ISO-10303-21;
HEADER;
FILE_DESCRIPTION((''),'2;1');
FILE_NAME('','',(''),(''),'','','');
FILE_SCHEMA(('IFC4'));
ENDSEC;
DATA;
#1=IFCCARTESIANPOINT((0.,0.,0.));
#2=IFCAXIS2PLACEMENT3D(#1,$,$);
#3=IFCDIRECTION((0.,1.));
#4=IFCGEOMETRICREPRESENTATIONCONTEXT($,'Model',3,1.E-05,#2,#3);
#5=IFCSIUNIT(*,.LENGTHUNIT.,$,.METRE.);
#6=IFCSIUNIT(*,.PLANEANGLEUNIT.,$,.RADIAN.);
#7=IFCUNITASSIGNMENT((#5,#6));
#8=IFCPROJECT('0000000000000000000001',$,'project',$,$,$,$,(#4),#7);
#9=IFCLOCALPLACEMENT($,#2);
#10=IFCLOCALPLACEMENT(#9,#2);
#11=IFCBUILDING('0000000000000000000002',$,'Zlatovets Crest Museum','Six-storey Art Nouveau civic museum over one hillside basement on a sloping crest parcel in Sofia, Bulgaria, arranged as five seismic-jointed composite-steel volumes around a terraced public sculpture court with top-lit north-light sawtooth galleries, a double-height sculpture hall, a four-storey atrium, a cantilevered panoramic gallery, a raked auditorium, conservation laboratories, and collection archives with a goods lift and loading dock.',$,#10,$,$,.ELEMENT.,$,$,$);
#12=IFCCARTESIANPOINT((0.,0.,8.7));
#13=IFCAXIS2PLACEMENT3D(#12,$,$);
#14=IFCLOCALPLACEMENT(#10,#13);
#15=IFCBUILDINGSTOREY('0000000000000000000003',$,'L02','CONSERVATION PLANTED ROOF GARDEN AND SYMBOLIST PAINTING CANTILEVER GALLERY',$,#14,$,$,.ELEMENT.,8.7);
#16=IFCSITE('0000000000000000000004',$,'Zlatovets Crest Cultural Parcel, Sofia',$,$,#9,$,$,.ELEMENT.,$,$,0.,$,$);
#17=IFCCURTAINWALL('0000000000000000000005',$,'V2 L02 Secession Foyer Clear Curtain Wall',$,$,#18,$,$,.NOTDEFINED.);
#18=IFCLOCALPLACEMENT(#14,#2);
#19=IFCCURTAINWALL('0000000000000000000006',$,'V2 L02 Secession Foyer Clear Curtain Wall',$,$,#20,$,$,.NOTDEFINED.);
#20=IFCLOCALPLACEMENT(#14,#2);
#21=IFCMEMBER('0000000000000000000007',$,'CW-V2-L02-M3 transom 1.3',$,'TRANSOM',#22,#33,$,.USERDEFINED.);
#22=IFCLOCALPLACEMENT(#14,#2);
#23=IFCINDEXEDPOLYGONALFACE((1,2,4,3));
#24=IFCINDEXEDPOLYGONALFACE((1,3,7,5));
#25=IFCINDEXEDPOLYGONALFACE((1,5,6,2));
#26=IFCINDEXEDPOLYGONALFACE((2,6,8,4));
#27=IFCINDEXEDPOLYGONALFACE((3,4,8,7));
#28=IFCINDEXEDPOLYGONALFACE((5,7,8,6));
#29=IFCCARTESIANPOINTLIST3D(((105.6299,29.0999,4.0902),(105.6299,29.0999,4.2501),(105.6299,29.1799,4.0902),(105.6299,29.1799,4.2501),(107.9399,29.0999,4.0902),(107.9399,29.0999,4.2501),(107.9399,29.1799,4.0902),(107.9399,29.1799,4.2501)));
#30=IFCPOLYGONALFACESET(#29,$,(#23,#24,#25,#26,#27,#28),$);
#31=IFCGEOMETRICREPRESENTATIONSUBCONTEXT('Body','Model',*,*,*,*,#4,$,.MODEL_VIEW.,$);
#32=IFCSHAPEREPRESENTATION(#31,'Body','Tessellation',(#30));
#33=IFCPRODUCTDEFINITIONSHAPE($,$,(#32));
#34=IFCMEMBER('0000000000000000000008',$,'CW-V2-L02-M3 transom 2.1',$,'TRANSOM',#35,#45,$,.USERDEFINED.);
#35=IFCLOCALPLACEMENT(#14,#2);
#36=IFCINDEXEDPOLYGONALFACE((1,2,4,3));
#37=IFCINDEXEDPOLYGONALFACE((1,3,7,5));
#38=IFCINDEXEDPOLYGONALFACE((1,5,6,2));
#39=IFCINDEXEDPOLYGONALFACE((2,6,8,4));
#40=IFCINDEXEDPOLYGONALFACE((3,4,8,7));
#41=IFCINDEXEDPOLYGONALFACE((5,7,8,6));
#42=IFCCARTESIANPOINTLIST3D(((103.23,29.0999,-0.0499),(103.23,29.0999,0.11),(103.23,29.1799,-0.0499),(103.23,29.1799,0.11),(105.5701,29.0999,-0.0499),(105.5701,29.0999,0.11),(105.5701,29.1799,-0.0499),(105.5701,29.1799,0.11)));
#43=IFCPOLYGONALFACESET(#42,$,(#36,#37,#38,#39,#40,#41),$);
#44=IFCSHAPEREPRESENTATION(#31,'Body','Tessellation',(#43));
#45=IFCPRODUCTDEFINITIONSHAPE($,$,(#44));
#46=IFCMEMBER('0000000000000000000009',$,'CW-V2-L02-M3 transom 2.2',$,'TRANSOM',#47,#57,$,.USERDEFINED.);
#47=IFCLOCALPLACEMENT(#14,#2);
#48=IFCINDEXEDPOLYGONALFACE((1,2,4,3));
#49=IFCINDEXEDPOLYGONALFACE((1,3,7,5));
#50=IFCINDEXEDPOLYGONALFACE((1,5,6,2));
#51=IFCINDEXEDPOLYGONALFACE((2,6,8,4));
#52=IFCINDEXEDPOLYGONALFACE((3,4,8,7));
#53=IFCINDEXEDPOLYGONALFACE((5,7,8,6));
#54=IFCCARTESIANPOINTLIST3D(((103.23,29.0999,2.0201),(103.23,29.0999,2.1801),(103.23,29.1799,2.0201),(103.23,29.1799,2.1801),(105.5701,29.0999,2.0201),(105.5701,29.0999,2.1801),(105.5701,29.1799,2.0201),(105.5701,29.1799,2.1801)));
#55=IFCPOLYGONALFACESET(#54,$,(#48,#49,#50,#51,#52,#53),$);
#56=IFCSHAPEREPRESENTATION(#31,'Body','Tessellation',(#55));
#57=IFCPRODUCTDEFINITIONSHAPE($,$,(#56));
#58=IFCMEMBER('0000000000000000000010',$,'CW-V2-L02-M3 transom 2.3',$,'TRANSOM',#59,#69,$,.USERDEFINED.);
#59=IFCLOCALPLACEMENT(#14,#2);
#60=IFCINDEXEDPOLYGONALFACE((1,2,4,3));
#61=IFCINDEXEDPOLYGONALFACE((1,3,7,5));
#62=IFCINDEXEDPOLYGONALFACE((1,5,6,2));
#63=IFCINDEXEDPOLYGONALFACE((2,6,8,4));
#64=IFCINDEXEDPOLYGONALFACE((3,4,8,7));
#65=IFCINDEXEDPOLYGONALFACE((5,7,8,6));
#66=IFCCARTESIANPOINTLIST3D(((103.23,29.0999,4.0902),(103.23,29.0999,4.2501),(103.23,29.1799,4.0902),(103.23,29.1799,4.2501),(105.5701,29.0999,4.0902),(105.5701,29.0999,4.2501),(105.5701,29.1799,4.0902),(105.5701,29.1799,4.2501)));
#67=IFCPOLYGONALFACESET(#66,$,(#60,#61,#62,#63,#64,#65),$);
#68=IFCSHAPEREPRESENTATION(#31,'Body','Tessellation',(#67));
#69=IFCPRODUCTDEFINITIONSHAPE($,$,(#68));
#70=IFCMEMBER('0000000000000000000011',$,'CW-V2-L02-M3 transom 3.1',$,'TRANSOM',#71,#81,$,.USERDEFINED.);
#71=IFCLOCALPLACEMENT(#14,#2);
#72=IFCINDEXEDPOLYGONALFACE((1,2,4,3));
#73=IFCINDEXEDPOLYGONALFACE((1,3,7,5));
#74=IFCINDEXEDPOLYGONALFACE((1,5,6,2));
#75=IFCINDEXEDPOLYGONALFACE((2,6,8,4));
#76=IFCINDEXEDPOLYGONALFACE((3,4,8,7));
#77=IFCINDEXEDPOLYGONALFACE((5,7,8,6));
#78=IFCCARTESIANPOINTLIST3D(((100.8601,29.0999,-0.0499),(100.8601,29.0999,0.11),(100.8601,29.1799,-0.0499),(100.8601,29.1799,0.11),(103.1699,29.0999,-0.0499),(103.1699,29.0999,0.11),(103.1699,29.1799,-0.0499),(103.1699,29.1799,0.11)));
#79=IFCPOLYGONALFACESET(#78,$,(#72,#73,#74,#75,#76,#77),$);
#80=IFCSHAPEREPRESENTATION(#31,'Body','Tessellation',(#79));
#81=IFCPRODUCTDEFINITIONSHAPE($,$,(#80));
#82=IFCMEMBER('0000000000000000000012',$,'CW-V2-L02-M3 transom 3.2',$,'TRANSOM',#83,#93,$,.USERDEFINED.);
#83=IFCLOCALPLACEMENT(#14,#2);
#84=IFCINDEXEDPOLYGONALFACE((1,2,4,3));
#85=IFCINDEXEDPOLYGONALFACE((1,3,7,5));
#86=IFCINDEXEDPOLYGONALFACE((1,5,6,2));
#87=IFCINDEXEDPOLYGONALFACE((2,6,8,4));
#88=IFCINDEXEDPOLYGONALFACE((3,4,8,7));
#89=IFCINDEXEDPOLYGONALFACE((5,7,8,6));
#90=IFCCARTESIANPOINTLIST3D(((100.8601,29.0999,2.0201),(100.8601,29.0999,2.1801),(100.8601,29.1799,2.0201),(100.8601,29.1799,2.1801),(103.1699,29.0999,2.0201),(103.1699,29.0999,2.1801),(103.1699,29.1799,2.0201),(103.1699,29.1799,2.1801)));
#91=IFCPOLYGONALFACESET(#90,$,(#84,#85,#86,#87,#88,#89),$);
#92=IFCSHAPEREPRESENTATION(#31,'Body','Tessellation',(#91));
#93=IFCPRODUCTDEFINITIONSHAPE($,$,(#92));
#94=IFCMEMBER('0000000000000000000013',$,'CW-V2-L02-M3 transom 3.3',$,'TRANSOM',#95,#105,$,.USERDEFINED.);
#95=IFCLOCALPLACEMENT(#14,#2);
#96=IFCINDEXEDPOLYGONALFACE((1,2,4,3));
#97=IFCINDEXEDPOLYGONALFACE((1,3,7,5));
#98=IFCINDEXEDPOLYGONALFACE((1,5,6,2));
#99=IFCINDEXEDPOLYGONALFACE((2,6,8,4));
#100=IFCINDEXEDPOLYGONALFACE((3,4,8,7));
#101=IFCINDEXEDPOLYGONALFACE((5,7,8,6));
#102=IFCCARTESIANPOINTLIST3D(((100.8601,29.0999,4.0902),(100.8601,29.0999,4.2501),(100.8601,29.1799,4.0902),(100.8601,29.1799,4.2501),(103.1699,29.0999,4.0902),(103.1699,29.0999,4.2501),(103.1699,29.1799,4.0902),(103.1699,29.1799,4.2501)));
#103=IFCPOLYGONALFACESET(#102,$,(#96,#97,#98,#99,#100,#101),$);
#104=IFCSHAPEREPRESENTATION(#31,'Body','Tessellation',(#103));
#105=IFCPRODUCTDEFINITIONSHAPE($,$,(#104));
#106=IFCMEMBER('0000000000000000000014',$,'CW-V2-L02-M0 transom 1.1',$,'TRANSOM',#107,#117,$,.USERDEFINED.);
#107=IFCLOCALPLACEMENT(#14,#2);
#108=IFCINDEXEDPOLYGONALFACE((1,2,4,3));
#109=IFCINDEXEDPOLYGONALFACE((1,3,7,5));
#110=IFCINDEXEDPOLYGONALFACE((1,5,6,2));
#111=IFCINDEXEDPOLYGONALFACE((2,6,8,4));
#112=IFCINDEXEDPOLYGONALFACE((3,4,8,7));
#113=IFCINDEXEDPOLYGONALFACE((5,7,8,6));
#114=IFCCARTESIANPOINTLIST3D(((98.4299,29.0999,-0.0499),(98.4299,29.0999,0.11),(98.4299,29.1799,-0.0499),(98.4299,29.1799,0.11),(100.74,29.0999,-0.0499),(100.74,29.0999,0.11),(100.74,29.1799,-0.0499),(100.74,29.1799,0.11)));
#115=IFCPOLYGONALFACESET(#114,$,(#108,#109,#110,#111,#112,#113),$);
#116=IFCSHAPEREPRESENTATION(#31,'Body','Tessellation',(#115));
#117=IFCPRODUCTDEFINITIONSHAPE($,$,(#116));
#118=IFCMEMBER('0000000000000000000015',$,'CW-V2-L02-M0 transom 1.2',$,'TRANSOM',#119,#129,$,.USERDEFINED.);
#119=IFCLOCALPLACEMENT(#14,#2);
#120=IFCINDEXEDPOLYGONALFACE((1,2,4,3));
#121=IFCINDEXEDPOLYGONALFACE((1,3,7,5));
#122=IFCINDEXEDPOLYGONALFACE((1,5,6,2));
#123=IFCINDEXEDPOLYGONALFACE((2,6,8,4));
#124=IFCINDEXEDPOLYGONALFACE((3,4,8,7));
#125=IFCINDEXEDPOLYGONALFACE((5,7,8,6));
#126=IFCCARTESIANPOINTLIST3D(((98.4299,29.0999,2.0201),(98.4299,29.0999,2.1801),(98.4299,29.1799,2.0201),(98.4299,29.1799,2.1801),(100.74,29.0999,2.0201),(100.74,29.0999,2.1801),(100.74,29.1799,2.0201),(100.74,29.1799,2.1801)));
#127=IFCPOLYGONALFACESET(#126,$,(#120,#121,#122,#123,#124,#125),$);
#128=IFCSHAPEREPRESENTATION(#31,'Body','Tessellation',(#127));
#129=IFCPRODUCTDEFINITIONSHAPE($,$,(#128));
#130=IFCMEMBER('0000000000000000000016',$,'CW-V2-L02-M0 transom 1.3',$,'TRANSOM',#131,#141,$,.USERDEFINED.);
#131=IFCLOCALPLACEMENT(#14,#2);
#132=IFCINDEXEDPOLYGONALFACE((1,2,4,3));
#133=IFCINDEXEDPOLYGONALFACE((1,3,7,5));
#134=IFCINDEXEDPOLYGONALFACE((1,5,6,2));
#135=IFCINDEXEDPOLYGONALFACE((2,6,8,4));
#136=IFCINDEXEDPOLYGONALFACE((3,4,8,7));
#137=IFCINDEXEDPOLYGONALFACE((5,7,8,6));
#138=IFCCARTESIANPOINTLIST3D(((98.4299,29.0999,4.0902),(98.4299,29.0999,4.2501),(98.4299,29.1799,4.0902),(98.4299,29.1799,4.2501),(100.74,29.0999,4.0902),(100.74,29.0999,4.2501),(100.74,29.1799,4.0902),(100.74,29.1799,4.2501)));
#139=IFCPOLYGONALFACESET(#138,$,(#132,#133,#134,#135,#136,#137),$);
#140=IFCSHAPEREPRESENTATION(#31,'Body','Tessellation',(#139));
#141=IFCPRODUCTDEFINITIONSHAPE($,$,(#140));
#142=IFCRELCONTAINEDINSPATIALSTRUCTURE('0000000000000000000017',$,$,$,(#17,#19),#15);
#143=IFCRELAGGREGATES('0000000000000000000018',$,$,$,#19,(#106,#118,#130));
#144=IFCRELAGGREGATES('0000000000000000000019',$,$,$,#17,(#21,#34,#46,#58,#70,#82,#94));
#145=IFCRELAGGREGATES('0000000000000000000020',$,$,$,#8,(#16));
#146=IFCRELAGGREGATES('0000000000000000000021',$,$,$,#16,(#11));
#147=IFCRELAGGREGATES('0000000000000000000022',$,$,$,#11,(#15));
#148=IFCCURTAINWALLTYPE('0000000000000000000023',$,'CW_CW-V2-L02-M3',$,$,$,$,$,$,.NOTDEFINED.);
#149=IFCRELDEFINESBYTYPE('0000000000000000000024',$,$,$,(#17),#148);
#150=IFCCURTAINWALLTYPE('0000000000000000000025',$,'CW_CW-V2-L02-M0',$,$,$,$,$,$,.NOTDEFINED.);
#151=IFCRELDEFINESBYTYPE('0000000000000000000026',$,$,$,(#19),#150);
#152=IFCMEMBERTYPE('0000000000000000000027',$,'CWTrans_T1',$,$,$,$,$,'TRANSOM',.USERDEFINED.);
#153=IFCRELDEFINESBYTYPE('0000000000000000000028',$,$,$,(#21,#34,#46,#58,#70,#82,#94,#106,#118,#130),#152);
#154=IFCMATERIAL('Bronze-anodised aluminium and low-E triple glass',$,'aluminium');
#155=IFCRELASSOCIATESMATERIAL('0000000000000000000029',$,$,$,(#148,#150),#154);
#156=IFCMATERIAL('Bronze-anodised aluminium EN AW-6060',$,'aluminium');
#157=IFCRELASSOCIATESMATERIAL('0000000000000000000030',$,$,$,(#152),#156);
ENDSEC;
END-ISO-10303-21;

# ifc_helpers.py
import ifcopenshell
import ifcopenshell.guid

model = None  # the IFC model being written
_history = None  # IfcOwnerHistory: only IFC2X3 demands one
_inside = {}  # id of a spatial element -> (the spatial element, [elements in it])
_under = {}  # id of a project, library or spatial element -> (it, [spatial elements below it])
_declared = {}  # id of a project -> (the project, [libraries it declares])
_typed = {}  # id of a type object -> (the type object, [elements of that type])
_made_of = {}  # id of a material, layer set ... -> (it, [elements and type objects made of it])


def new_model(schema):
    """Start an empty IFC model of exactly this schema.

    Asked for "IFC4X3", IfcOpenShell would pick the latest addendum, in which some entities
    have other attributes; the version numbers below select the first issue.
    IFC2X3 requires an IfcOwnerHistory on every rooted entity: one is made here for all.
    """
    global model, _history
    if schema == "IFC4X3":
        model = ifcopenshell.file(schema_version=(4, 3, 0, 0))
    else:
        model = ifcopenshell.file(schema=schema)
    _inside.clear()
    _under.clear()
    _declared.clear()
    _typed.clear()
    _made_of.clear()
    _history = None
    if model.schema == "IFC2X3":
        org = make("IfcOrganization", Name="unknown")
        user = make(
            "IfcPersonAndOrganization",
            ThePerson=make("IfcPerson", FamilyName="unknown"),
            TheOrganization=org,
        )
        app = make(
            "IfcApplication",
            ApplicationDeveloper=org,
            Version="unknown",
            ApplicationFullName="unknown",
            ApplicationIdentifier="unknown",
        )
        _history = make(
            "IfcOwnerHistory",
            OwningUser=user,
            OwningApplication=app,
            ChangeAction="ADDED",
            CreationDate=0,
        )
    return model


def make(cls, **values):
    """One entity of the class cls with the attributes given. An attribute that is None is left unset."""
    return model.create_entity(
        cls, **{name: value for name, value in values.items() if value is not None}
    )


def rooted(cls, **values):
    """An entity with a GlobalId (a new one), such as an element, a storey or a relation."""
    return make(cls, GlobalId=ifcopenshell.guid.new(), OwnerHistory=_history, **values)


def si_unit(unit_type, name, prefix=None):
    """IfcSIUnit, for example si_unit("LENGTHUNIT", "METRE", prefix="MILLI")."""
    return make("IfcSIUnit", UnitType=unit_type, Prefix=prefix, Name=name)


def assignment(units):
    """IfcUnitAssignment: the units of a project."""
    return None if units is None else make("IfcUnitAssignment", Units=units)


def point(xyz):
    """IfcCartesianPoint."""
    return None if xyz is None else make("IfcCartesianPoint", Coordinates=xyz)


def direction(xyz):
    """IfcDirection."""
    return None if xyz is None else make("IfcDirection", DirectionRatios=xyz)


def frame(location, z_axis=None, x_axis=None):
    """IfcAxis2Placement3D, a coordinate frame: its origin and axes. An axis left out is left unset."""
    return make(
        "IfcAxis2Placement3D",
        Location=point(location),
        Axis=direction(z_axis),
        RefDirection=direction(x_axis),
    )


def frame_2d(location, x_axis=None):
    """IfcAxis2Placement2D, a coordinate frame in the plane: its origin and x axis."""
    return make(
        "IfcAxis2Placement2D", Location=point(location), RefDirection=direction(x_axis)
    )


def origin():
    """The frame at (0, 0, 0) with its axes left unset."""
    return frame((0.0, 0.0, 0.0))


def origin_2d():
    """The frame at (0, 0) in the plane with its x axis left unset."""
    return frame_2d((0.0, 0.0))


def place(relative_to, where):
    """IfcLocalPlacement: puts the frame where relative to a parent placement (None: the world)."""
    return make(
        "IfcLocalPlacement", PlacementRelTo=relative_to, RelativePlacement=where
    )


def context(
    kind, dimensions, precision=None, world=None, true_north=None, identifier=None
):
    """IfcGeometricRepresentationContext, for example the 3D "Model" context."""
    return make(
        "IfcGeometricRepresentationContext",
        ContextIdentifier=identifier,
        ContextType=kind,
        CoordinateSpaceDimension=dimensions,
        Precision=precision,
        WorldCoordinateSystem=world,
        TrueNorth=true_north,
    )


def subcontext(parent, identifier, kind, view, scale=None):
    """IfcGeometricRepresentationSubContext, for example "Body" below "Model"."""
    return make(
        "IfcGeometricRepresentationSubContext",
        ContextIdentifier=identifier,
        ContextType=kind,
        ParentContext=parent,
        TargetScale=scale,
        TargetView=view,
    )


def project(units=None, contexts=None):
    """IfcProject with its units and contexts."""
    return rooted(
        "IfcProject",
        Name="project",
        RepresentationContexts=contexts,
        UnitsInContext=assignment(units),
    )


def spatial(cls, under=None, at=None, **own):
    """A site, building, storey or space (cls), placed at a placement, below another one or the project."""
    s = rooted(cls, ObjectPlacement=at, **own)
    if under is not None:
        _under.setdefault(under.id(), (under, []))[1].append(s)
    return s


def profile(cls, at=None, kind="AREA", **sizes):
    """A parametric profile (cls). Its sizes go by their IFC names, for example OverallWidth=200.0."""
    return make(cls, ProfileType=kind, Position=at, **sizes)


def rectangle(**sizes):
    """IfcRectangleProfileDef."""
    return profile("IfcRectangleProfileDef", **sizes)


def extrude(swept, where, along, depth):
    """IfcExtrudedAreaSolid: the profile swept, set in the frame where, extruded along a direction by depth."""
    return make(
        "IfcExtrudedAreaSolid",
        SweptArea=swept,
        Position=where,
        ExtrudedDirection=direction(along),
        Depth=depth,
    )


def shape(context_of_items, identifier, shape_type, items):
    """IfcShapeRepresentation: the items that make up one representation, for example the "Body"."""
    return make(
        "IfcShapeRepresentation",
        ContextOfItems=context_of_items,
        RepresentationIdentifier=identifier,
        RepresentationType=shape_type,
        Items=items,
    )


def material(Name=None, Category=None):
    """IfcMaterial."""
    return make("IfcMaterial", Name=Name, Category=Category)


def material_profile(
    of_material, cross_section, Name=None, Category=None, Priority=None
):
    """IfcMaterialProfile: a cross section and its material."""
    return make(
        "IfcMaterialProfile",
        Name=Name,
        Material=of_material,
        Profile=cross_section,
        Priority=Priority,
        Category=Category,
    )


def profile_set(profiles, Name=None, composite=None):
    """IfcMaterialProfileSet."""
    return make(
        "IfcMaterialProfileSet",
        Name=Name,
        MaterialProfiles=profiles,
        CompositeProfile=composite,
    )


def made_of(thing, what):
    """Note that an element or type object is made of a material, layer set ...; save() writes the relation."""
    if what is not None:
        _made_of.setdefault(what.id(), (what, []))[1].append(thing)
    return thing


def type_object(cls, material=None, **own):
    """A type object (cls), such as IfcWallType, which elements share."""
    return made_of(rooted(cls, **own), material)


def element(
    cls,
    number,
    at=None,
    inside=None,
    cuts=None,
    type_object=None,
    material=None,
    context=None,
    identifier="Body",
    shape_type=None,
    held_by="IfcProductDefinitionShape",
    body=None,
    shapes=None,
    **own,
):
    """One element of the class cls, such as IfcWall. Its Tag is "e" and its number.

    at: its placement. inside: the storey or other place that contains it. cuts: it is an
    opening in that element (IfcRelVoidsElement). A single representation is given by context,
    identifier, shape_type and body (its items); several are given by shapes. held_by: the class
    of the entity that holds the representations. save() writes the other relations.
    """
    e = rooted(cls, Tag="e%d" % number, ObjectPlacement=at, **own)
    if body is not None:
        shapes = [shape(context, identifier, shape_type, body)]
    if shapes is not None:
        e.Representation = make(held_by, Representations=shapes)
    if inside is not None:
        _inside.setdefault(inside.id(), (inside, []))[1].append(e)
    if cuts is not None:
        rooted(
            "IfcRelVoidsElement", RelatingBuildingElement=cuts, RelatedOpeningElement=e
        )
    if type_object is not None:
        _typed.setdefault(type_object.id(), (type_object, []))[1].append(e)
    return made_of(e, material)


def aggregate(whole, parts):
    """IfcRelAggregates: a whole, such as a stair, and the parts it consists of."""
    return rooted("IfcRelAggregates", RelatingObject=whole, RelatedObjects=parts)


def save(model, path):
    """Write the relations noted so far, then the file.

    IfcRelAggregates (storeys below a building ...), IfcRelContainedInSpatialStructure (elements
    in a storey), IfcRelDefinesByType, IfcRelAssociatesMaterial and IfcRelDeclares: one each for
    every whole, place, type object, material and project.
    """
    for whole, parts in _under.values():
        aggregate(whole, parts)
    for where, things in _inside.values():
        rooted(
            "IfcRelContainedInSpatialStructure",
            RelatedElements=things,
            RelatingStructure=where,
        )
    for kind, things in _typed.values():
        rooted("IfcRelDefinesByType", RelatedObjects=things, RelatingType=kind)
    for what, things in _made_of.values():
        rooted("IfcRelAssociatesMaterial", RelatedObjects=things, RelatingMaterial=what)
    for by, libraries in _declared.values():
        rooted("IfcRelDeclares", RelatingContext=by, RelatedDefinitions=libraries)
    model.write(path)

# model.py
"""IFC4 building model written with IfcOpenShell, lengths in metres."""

from ifc_helpers import new_model, si_unit, direction, frame, origin, origin_2d, place, context, subcontext, project, spatial, rectangle, extrude, material, material_profile, profile_set, type_object, element, aggregate, save


model = new_model("IFC4")

# Units and contexts
model_context = context("Model", 3, precision=1e-05, world=origin(), true_north=direction((0.0, 1.0)))
body_context = subcontext(model_context, "Body", "Model", "MODEL_VIEW")
ifc_project = project(units=[si_unit("LENGTHUNIT", "METRE"), si_unit("PLANEANGLEUNIT", "RADIAN")], contexts=[model_context])

# Site, building, storey
site_placement = place(None, origin())
site = spatial("IfcSite", under=ifc_project, at=site_placement, Name="Zlatovets Crest Cultural Parcel, Sofia", CompositionType="ELEMENT", RefElevation=0.0)
building_placement = place(site_placement, origin())
building = spatial("IfcBuilding", under=site, at=building_placement, Name="Zlatovets Crest Museum", Description="Six-storey Art Nouveau civic museum over one hillside basement on a sloping crest parcel in Sofia, Bulgaria, arranged as five seismic-jointed composite-steel volumes around a terraced public sculpture court with top-lit north-light sawtooth galleries, a double-height sculpture hall, a four-storey atrium, a cantilevered panoramic gallery, a raked auditorium, conservation laboratories, and collection archives with a goods lift and loading dock.", CompositionType="ELEMENT")
storey_placement = place(building_placement, frame((0.0, 0.0, 8.7)))
storey = spatial("IfcBuildingStorey", under=building, at=storey_placement, Name="L02", Description="CONSERVATION PLANTED ROOF GARDEN AND SYMBOLIST PAINTING CANTILEVER GALLERY", CompositionType="ELEMENT", Elevation=8.7)

# Curtain wall
ifc_material_1 = material(Name="Bronze-anodised aluminium and low-E triple glass", Category="aluminium")
curtain_wall_type_1 = type_object("IfcCurtainWallType", Name="CW_CW-V2-L02-M3", PredefinedType="NOTDEFINED", material=ifc_material_1)
curtain_wall_1_placement = place(storey_placement, origin())
curtain_wall_1 = element("IfcCurtainWall", 1, at=curtain_wall_1_placement, inside=storey, type_object=curtain_wall_type_1, Name="V2 L02 Secession Foyer Clear Curtain Wall", PredefinedType="NOTDEFINED")
ifc_material_2 = material(Name="Bronze-anodised aluminium EN AW-6060", Category="aluminium")

# Curtain wall
curtain_wall_type_2 = type_object("IfcCurtainWallType", Name="CW_CW-V2-L02-M0", PredefinedType="NOTDEFINED", material=ifc_material_1)
curtain_wall_2_placement = place(storey_placement, origin())
curtain_wall_2 = element("IfcCurtainWall", 2, at=curtain_wall_2_placement, inside=storey, type_object=curtain_wall_type_2, Name="V2 L02 Secession Foyer Clear Curtain Wall", PredefinedType="NOTDEFINED")

# Members
ifc_material_profile_1 = material_profile(ifc_material_2, rectangle(XDim=0.0801, YDim=0.1599, at=origin_2d()), Name="ALU 80x160")
ifc_profile_set_1 = profile_set([ifc_material_profile_1], Name="Bronze-anodised aluminium EN AW-6060")
member_type_1 = type_object("IfcMemberType", Name="CWTrans_T1", ElementType="TRANSOM", PredefinedType="USERDEFINED", material=ifc_profile_set_1)
member_1_placement = place(storey_placement, frame((107.9399, 29.1399, 4.1702), z_axis=(-1.0, 0.0, 0.0), x_axis=(0.0, -1.0, 0.0)))
member_1 = element("IfcMember", 3, at=member_1_placement, type_object=member_type_1, Name="CW-V2-L02-M3 transom 1.3", ObjectType="TRANSOM", PredefinedType="USERDEFINED", context=body_context, shape_type="SweptSolid", body=[
    extrude(rectangle(XDim=0.0801, YDim=0.1599, at=origin_2d()), origin(), (0.0, 0.0, 1.0), 2.3101),
])
member_2_placement = place(storey_placement, frame((105.5701, 29.1399, 0.03), z_axis=(-1.0, 0.0, 0.0), x_axis=(0.0, -1.0, 0.0)))
member_2 = element("IfcMember", 4, at=member_2_placement, type_object=member_type_1, Name="CW-V2-L02-M3 transom 2.1", ObjectType="TRANSOM", PredefinedType="USERDEFINED", context=body_context, shape_type="SweptSolid", body=[
    extrude(rectangle(XDim=0.0801, YDim=0.1599, at=origin_2d()), origin(), (0.0, 0.0, 1.0), 2.3401),
])
member_3_placement = place(storey_placement, frame((105.5701, 29.1399, 2.1001), z_axis=(-1.0, 0.0, 0.0), x_axis=(0.0, -1.0, 0.0)))
member_3 = element("IfcMember", 5, at=member_3_placement, type_object=member_type_1, Name="CW-V2-L02-M3 transom 2.2", ObjectType="TRANSOM", PredefinedType="USERDEFINED", context=body_context, shape_type="SweptSolid", body=[
    extrude(rectangle(XDim=0.0801, YDim=0.1599, at=origin_2d()), origin(), (0.0, 0.0, 1.0), 2.3401),
])
member_4_placement = place(storey_placement, frame((105.5701, 29.1399, 4.1702), z_axis=(-1.0, 0.0, 0.0), x_axis=(0.0, -1.0, 0.0)))
member_4 = element("IfcMember", 6, at=member_4_placement, type_object=member_type_1, Name="CW-V2-L02-M3 transom 2.3", ObjectType="TRANSOM", PredefinedType="USERDEFINED", context=body_context, shape_type="SweptSolid", body=[
    extrude(rectangle(XDim=0.0801, YDim=0.1599, at=origin_2d()), origin(), (0.0, 0.0, 1.0), 2.3401),
])
member_5_placement = place(storey_placement, frame((103.1699, 29.1399, 0.03), z_axis=(-1.0, 0.0, 0.0), x_axis=(0.0, -1.0, 0.0)))
member_5 = element("IfcMember", 7, at=member_5_placement, type_object=member_type_1, Name="CW-V2-L02-M3 transom 3.1", ObjectType="TRANSOM", PredefinedType="USERDEFINED", context=body_context, shape_type="SweptSolid", body=[
    extrude(rectangle(XDim=0.0801, YDim=0.1599, at=origin_2d()), origin(), (0.0, 0.0, 1.0), 2.3098),
])
member_6_placement = place(storey_placement, frame((103.1699, 29.1399, 2.1001), z_axis=(-1.0, 0.0, 0.0), x_axis=(0.0, -1.0, 0.0)))
member_6 = element("IfcMember", 8, at=member_6_placement, type_object=member_type_1, Name="CW-V2-L02-M3 transom 3.2", ObjectType="TRANSOM", PredefinedType="USERDEFINED", context=body_context, shape_type="SweptSolid", body=[
    extrude(rectangle(XDim=0.0801, YDim=0.1599, at=origin_2d()), origin(), (0.0, 0.0, 1.0), 2.3098),
])
member_7_placement = place(storey_placement, frame((103.1699, 29.1399, 4.1702), z_axis=(-1.0, 0.0, 0.0), x_axis=(0.0, -1.0, 0.0)))
member_7 = element("IfcMember", 9, at=member_7_placement, type_object=member_type_1, Name="CW-V2-L02-M3 transom 3.3", ObjectType="TRANSOM", PredefinedType="USERDEFINED", context=body_context, shape_type="SweptSolid", body=[
    extrude(rectangle(XDim=0.0801, YDim=0.1599, at=origin_2d()), origin(), (0.0, 0.0, 1.0), 2.3098),
])
member_8_placement = place(storey_placement, frame((100.74, 29.1399, 0.03), z_axis=(-1.0, 0.0, 0.0), x_axis=(0.0, -1.0, 0.0)))
member_8 = element("IfcMember", 10, at=member_8_placement, type_object=member_type_1, Name="CW-V2-L02-M0 transom 1.1", ObjectType="TRANSOM", PredefinedType="USERDEFINED", context=body_context, shape_type="SweptSolid", body=[
    extrude(rectangle(XDim=0.0801, YDim=0.1599, at=origin_2d()), origin(), (0.0, 0.0, 1.0), 2.3101),
])
member_9_placement = place(storey_placement, frame((100.74, 29.1399, 2.1001), z_axis=(-1.0, 0.0, 0.0), x_axis=(0.0, -1.0, 0.0)))
member_9 = element("IfcMember", 11, at=member_9_placement, type_object=member_type_1, Name="CW-V2-L02-M0 transom 1.2", ObjectType="TRANSOM", PredefinedType="USERDEFINED", context=body_context, shape_type="SweptSolid", body=[
    extrude(rectangle(XDim=0.0801, YDim=0.1599, at=origin_2d()), origin(), (0.0, 0.0, 1.0), 2.3101),
])
member_10_placement = place(storey_placement, frame((100.74, 29.1399, 4.1702), z_axis=(-1.0, 0.0, 0.0), x_axis=(0.0, -1.0, 0.0)))
member_10 = element("IfcMember", 12, at=member_10_placement, type_object=member_type_1, Name="CW-V2-L02-M0 transom 1.3", ObjectType="TRANSOM", PredefinedType="USERDEFINED", context=body_context, shape_type="SweptSolid", body=[
    extrude(rectangle(XDim=0.0801, YDim=0.1599, at=origin_2d()), origin(), (0.0, 0.0, 1.0), 2.3101),
])
aggregate(curtain_wall_2, [member_8, member_9, member_10])

aggregate(curtain_wall_1, [member_1, member_2, member_3, member_4, member_5, member_6, member_7])

save(model, "model.ifc")
